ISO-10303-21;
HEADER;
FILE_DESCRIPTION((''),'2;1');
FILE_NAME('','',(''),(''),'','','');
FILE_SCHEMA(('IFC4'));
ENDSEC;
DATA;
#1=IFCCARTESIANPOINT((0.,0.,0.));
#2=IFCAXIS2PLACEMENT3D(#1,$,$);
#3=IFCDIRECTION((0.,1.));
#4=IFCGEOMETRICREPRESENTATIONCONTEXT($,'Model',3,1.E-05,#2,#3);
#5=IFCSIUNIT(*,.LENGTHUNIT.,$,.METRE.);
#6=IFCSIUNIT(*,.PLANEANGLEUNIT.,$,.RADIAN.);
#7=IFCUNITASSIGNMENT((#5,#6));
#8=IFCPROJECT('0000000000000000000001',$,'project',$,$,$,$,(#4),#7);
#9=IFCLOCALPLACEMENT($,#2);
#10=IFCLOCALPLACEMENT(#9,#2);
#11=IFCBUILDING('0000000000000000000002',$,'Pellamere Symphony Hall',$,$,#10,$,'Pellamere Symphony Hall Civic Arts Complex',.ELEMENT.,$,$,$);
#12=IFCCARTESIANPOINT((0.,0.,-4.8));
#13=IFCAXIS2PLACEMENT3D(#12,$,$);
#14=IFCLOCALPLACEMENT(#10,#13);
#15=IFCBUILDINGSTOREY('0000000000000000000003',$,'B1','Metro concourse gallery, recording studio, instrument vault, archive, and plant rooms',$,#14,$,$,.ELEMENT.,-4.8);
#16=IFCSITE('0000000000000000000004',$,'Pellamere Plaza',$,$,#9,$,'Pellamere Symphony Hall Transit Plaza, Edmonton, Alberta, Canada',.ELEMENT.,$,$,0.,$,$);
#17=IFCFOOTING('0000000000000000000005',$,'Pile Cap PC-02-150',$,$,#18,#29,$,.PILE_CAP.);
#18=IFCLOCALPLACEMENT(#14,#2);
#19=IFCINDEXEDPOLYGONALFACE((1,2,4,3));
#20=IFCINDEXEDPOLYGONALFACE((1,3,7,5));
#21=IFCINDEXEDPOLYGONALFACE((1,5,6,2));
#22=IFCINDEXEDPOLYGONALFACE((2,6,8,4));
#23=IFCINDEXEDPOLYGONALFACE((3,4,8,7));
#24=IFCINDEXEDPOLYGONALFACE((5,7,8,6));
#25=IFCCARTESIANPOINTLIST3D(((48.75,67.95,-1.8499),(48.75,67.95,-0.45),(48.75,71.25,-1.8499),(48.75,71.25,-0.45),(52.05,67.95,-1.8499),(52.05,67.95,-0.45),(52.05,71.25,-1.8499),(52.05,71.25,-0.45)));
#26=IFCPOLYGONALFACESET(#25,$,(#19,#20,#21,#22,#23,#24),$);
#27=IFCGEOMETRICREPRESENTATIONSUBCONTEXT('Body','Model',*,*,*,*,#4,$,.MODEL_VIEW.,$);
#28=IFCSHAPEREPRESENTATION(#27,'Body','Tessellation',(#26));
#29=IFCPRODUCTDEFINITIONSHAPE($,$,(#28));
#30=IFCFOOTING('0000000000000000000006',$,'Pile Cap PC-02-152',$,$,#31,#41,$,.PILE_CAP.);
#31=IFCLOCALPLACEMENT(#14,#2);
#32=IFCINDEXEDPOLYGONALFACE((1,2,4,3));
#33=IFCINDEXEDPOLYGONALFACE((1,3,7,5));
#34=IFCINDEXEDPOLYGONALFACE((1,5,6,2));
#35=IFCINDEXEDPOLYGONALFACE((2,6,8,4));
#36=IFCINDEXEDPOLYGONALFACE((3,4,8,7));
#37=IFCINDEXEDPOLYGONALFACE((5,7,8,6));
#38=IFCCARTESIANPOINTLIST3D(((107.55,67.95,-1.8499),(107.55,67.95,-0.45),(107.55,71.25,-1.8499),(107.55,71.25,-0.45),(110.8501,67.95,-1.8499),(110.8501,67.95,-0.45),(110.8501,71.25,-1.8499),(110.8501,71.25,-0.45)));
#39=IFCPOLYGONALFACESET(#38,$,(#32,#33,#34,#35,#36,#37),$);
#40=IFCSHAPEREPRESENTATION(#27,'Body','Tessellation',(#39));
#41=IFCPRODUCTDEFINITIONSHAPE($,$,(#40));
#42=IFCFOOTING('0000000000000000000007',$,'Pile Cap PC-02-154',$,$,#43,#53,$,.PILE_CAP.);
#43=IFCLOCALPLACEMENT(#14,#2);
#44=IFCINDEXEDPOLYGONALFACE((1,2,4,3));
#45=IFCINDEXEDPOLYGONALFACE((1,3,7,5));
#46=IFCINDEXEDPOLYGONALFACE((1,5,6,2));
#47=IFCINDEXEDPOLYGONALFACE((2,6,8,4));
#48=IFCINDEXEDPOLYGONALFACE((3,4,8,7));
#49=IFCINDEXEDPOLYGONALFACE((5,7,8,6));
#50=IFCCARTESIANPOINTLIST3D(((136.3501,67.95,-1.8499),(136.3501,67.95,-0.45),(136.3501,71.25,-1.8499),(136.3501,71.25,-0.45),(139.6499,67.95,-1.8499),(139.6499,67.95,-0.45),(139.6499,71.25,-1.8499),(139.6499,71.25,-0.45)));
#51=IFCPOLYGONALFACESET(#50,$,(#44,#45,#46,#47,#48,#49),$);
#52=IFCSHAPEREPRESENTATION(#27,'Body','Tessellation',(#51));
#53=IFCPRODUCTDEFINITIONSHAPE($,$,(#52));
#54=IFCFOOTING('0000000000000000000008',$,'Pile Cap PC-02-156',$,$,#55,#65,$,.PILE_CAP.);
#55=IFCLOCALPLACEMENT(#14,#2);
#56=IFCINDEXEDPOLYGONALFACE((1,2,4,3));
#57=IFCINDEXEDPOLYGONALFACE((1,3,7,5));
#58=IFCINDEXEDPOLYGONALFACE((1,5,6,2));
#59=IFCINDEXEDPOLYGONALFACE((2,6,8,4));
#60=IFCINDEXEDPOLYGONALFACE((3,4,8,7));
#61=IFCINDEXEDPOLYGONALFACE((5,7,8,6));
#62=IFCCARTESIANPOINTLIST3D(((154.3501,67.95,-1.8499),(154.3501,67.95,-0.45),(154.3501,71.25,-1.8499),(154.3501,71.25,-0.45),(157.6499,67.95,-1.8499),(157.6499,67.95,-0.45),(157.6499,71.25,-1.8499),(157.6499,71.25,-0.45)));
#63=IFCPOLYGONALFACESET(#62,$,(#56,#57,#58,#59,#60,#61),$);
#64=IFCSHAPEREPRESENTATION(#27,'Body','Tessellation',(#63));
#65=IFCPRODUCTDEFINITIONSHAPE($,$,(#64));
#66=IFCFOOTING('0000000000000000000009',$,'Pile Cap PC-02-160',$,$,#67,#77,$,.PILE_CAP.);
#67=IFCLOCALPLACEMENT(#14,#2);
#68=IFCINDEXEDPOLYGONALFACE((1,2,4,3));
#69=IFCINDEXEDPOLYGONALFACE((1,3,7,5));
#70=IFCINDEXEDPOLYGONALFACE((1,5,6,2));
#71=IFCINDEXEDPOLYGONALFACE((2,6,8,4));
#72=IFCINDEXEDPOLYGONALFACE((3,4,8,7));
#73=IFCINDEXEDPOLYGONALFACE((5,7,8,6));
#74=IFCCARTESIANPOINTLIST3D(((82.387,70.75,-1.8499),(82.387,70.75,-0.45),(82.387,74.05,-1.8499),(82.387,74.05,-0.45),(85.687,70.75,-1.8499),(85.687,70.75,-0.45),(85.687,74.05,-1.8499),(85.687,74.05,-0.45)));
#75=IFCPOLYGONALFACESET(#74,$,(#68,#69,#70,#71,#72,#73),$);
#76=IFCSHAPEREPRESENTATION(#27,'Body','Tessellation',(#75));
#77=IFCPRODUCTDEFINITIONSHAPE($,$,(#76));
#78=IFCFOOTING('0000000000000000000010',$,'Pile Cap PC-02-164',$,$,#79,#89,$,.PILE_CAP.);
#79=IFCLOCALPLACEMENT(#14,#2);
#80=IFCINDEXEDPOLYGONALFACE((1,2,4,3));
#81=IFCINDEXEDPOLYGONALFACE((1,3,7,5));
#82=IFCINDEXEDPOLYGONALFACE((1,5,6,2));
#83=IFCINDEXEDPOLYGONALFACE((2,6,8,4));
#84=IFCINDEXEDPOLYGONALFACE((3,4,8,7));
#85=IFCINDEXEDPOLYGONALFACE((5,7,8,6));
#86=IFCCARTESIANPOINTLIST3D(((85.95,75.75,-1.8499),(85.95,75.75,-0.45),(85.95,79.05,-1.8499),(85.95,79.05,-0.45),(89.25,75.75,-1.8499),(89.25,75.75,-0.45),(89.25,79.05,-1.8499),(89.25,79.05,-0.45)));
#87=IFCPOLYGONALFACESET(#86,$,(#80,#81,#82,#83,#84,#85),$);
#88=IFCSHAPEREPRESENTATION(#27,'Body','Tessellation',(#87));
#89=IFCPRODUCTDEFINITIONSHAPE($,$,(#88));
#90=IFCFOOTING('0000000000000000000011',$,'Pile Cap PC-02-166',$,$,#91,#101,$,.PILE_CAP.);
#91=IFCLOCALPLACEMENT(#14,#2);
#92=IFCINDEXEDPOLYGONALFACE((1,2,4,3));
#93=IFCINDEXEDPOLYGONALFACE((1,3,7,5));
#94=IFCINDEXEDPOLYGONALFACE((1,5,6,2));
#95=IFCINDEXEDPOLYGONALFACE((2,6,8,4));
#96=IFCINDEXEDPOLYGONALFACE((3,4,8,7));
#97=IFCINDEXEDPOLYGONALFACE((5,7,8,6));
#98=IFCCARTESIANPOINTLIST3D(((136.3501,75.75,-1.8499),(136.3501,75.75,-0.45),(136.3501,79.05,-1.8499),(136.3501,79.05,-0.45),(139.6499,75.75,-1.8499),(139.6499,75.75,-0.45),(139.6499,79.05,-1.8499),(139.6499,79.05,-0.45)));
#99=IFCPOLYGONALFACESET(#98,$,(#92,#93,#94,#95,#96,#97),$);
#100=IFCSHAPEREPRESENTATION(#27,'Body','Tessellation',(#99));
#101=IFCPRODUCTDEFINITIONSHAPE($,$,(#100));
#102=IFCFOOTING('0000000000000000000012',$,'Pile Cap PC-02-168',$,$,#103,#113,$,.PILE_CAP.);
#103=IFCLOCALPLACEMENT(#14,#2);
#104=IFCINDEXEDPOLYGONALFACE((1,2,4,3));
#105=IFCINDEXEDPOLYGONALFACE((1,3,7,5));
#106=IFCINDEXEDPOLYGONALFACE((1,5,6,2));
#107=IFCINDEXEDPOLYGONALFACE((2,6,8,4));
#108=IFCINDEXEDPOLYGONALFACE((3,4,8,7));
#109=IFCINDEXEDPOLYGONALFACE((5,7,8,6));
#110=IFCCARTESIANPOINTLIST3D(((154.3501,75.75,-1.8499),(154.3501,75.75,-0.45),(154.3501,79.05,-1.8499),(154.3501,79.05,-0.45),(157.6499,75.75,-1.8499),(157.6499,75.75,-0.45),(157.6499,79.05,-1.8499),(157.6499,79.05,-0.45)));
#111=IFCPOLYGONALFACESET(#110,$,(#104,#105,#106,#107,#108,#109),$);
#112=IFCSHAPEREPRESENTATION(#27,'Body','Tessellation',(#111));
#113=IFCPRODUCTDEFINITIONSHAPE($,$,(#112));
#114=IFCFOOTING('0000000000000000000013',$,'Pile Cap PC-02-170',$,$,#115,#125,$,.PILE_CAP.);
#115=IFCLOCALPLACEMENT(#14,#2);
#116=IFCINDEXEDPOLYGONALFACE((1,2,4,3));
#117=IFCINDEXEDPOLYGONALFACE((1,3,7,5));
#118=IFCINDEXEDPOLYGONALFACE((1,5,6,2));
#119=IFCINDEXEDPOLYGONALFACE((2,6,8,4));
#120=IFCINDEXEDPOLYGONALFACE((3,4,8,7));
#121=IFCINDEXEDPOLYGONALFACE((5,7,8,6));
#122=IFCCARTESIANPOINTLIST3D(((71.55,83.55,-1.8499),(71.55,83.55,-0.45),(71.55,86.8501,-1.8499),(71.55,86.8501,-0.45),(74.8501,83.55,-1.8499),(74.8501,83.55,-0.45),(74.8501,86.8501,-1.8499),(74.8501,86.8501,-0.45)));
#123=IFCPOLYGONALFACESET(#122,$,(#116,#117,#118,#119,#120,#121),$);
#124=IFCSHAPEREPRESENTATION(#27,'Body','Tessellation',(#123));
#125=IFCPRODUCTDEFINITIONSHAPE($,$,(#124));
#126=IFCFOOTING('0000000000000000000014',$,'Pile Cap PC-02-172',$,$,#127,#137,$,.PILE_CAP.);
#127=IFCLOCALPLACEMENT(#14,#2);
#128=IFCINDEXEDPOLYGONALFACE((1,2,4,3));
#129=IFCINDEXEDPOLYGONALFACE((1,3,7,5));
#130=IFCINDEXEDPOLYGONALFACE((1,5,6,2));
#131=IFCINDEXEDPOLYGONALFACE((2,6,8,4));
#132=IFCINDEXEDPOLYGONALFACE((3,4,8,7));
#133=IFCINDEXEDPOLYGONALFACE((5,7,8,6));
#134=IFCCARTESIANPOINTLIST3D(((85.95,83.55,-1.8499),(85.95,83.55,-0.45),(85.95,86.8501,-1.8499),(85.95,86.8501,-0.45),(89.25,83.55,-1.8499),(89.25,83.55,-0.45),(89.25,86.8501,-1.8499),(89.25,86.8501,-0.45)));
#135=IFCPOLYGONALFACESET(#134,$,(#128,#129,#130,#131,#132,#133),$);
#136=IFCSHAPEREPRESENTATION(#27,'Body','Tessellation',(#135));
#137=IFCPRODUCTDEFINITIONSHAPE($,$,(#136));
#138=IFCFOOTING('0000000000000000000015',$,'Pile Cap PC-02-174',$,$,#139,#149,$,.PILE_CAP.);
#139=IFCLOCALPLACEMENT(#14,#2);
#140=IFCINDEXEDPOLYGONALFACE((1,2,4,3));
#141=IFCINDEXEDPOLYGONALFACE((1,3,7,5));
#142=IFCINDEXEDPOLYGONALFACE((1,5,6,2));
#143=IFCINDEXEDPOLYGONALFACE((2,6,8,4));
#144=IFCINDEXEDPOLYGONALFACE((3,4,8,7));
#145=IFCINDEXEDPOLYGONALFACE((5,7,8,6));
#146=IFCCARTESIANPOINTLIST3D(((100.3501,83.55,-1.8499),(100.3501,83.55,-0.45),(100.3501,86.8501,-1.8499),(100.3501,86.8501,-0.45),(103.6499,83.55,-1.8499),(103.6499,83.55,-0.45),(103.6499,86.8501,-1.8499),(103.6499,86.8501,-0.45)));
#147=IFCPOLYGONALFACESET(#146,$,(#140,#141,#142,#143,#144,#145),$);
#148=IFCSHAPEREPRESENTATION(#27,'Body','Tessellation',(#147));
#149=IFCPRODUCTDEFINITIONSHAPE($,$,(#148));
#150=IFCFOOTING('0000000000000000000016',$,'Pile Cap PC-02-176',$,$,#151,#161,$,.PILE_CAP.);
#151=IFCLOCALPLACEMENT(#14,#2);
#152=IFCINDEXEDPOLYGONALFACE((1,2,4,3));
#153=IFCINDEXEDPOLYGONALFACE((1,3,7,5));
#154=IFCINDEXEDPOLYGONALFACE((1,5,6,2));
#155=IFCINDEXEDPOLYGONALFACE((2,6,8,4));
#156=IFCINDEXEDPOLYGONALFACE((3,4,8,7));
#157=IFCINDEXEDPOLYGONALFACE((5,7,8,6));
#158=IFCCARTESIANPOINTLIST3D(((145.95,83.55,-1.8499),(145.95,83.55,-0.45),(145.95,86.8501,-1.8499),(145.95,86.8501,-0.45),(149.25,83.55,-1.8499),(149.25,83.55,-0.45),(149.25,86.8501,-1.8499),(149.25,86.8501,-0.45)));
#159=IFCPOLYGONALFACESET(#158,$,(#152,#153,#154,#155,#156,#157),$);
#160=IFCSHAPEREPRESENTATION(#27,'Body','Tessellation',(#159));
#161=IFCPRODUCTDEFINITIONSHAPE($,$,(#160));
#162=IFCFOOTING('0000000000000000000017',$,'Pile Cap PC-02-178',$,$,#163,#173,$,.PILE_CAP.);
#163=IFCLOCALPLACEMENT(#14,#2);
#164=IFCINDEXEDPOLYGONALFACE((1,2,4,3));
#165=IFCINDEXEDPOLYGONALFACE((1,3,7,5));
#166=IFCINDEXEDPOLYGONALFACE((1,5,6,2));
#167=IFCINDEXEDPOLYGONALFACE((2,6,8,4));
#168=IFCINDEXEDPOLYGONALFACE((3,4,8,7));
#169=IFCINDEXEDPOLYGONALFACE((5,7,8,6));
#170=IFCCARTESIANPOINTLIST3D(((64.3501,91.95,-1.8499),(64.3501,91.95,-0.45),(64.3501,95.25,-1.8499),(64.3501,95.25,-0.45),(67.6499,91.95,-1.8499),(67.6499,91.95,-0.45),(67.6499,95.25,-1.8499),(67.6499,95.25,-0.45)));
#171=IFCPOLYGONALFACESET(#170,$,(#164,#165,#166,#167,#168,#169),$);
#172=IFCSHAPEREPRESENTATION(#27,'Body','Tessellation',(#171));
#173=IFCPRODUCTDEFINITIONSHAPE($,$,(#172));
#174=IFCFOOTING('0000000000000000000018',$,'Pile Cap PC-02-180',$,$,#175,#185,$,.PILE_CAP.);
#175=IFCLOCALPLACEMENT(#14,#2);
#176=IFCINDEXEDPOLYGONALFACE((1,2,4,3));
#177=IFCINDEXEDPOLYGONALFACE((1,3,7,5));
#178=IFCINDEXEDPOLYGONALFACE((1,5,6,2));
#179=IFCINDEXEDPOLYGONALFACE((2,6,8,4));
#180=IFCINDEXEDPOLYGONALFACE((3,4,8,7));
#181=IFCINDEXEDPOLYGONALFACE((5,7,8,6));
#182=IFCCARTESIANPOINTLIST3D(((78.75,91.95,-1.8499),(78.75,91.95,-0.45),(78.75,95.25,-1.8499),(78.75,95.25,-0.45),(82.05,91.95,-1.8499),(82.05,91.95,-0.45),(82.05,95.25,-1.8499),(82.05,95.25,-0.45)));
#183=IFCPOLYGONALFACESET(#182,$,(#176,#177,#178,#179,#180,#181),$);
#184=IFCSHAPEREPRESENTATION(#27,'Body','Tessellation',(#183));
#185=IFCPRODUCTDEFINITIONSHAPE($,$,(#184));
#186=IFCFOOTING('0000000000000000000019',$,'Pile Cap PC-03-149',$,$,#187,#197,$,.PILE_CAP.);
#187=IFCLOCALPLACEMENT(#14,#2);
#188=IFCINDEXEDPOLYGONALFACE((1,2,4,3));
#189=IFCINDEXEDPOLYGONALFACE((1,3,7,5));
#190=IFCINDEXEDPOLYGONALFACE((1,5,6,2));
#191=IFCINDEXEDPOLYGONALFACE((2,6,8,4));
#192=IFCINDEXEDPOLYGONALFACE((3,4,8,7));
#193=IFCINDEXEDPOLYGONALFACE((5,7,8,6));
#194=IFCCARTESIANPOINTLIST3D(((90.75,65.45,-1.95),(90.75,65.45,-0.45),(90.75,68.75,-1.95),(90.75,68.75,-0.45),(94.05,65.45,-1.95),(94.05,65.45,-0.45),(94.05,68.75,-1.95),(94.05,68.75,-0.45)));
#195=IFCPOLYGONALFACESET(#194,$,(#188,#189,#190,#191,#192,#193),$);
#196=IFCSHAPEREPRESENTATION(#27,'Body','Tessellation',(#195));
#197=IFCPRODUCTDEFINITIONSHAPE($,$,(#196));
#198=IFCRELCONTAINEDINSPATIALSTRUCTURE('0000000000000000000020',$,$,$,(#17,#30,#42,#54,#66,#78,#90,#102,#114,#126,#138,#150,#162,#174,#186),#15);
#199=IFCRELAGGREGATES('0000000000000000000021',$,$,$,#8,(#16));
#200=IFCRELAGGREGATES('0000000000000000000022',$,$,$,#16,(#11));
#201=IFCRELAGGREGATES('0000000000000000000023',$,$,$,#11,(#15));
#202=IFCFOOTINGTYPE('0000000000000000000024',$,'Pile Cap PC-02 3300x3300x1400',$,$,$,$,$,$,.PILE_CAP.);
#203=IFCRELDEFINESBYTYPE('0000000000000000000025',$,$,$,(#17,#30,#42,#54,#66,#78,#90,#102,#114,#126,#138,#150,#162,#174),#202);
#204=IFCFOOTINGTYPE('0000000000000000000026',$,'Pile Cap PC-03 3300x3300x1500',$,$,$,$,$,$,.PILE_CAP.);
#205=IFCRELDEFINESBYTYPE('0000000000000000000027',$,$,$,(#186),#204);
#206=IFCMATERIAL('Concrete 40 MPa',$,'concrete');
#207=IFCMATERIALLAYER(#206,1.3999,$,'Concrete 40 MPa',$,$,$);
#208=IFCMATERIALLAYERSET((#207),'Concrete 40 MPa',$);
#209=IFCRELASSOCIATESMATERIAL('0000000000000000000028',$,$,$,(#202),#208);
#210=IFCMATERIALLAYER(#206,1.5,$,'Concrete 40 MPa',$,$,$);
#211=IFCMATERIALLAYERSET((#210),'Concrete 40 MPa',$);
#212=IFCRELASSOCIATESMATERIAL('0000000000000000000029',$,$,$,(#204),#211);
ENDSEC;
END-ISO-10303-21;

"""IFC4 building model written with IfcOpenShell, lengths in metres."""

from ifc_helpers import new_model, si_unit, direction, frame, origin, place, context, subcontext, project, spatial, polyline, outline, extrude, material, layer, layer_set, type_object, element, save


model = new_model("IFC4")

# Units and contexts
model_context = context("Model", 3, precision=1e-05, world=origin(), true_north=direction((0.0, 1.0)))
body_context = subcontext(model_context, "Body", "Model", "MODEL_VIEW")
ifc_project = project(units=[si_unit("LENGTHUNIT", "METRE"), si_unit("PLANEANGLEUNIT", "RADIAN")], contexts=[model_context])

# Site, building, storey
site_placement = place(None, origin())
site = spatial("IfcSite", under=ifc_project, at=site_placement, Name="Pellamere Plaza", LongName="Pellamere Symphony Hall Transit Plaza, Edmonton, Alberta, Canada", CompositionType="ELEMENT", RefElevation=0.0)
building_placement = place(site_placement, origin())
building = spatial("IfcBuilding", under=site, at=building_placement, Name="Pellamere Symphony Hall", LongName="Pellamere Symphony Hall Civic Arts Complex", CompositionType="ELEMENT")
storey_placement = place(building_placement, frame((0.0, 0.0, -4.8)))
storey = spatial("IfcBuildingStorey", under=building, at=storey_placement, Name="B1", Description="Metro concourse gallery, recording studio, instrument vault, archive, and plant rooms", CompositionType="ELEMENT", Elevation=-4.8)

# Footings
ifc_material_1 = material(Name="Concrete 40 MPa", Category="concrete")
ifc_layer_1 = layer(ifc_material_1, 1.3999, Name="Concrete 40 MPa")
ifc_layer_set_1 = layer_set([ifc_layer_1], Name="Concrete 40 MPa")
footing_type_1 = type_object("IfcFootingType", Name="Pile Cap PC-02 3300x3300x1400", PredefinedType="PILE_CAP", material=ifc_layer_set_1)
footing_1_placement = place(storey_placement, frame((0.0, 0.0, -1.8499)))
element("IfcFooting", 1, at=footing_1_placement, inside=storey, type_object=footing_type_1, Name="Pile Cap PC-02-150", PredefinedType="PILE_CAP", context=body_context, shape_type="SweptSolid", body=[
    extrude(outline(polyline([(48.75, 67.95), (48.75, 71.25), (52.05, 71.25), (52.05, 67.95), (48.75, 67.95)])), origin(), (0.0, 0.0, 1.0), 1.3999),
])
footing_2_placement = place(storey_placement, frame((0.0, 0.0, -1.8499)))
element("IfcFooting", 2, at=footing_2_placement, inside=storey, type_object=footing_type_1, Name="Pile Cap PC-02-152", PredefinedType="PILE_CAP", context=body_context, shape_type="SweptSolid", body=[
    extrude(outline(polyline([(110.8501, 67.95), (107.55, 67.95), (107.55, 71.25), (110.8501, 71.25), (110.8501, 67.95)])), origin(), (0.0, 0.0, 1.0), 1.3999),
])
footing_3_placement = place(storey_placement, frame((0.0, 0.0, -1.8499)))
element("IfcFooting", 3, at=footing_3_placement, inside=storey, type_object=footing_type_1, Name="Pile Cap PC-02-154", PredefinedType="PILE_CAP", context=body_context, shape_type="SweptSolid", body=[
    extrude(outline(polyline([(139.6499, 67.95), (136.3501, 67.95), (136.3501, 71.25), (139.6499, 71.25), (139.6499, 67.95)])), origin(), (0.0, 0.0, 1.0), 1.3999),
])
footing_4_placement = place(storey_placement, frame((0.0, 0.0, -1.8499)))
element("IfcFooting", 4, at=footing_4_placement, inside=storey, type_object=footing_type_1, Name="Pile Cap PC-02-156", PredefinedType="PILE_CAP", context=body_context, shape_type="SweptSolid", body=[
    extrude(outline(polyline([(154.3501, 67.95), (154.3501, 71.25), (157.6499, 71.25), (157.6499, 67.95), (154.3501, 67.95)])), origin(), (0.0, 0.0, 1.0), 1.3999),
])
footing_5_placement = place(storey_placement, frame((0.0, 0.0, -1.8499)))
element("IfcFooting", 5, at=footing_5_placement, inside=storey, type_object=footing_type_1, Name="Pile Cap PC-02-160", PredefinedType="PILE_CAP", context=body_context, shape_type="SweptSolid", body=[
    extrude(outline(polyline([(82.387, 70.75), (82.387, 74.05), (85.687, 74.05), (85.687, 70.75), (82.387, 70.75)])), origin(), (0.0, 0.0, 1.0), 1.3999),
])
footing_6_placement = place(storey_placement, frame((0.0, 0.0, -1.8499)))
element("IfcFooting", 6, at=footing_6_placement, inside=storey, type_object=footing_type_1, Name="Pile Cap PC-02-164", PredefinedType="PILE_CAP", context=body_context, shape_type="SweptSolid", body=[
    extrude(outline(polyline([(89.25, 75.75), (85.95, 75.75), (85.95, 79.05), (89.25, 79.05), (89.25, 75.75)])), origin(), (0.0, 0.0, 1.0), 1.3999),
])
footing_7_placement = place(storey_placement, frame((0.0, 0.0, -1.8499)))
element("IfcFooting", 7, at=footing_7_placement, inside=storey, type_object=footing_type_1, Name="Pile Cap PC-02-166", PredefinedType="PILE_CAP", context=body_context, shape_type="SweptSolid", body=[
    extrude(outline(polyline([(136.3501, 75.75), (136.3501, 79.05), (139.6499, 79.05), (139.6499, 75.75), (136.3501, 75.75)])), origin(), (0.0, 0.0, 1.0), 1.3999),
])
footing_8_placement = place(storey_placement, frame((0.0, 0.0, -1.8499)))
element("IfcFooting", 8, at=footing_8_placement, inside=storey, type_object=footing_type_1, Name="Pile Cap PC-02-168", PredefinedType="PILE_CAP", context=body_context, shape_type="SweptSolid", body=[
    extrude(outline(polyline([(154.3501, 75.75), (154.3501, 79.05), (157.6499, 79.05), (157.6499, 75.75), (154.3501, 75.75)])), origin(), (0.0, 0.0, 1.0), 1.3999),
])
footing_9_placement = place(storey_placement, frame((0.0, 0.0, -1.8499)))
element("IfcFooting", 9, at=footing_9_placement, inside=storey, type_object=footing_type_1, Name="Pile Cap PC-02-170", PredefinedType="PILE_CAP", context=body_context, shape_type="SweptSolid", body=[
    extrude(outline(polyline([(71.55, 83.55), (71.55, 86.8501), (74.8501, 86.8501), (74.8501, 83.55), (71.55, 83.55)])), origin(), (0.0, 0.0, 1.0), 1.3999),
])
footing_10_placement = place(storey_placement, frame((0.0, 0.0, -1.8499)))
element("IfcFooting", 10, at=footing_10_placement, inside=storey, type_object=footing_type_1, Name="Pile Cap PC-02-172", PredefinedType="PILE_CAP", context=body_context, shape_type="SweptSolid", body=[
    extrude(outline(polyline([(85.95, 83.55), (85.95, 86.8501), (89.25, 86.8501), (89.25, 83.55), (85.95, 83.55)])), origin(), (0.0, 0.0, 1.0), 1.3999),
])
footing_11_placement = place(storey_placement, frame((0.0, 0.0, -1.8499)))
element("IfcFooting", 11, at=footing_11_placement, inside=storey, type_object=footing_type_1, Name="Pile Cap PC-02-174", PredefinedType="PILE_CAP", context=body_context, shape_type="SweptSolid", body=[
    extrude(outline(polyline([(100.3501, 83.55), (100.3501, 86.8501), (103.6499, 86.8501), (103.6499, 83.55), (100.3501, 83.55)])), origin(), (0.0, 0.0, 1.0), 1.3999),
])
footing_12_placement = place(storey_placement, frame((0.0, 0.0, -1.8499)))
element("IfcFooting", 12, at=footing_12_placement, inside=storey, type_object=footing_type_1, Name="Pile Cap PC-02-176", PredefinedType="PILE_CAP", context=body_context, shape_type="SweptSolid", body=[
    extrude(outline(polyline([(149.25, 83.55), (145.95, 83.55), (145.95, 86.8501), (149.25, 86.8501), (149.25, 83.55)])), origin(), (0.0, 0.0, 1.0), 1.3999),
])
footing_13_placement = place(storey_placement, frame((0.0, 0.0, -1.8499)))
element("IfcFooting", 13, at=footing_13_placement, inside=storey, type_object=footing_type_1, Name="Pile Cap PC-02-178", PredefinedType="PILE_CAP", context=body_context, shape_type="SweptSolid", body=[
    extrude(outline(polyline([(64.3501, 91.95), (64.3501, 95.25), (67.6499, 95.25), (67.6499, 91.95), (64.3501, 91.95)])), origin(), (0.0, 0.0, 1.0), 1.3999),
])
footing_14_placement = place(storey_placement, frame((0.0, 0.0, -1.8499)))
element("IfcFooting", 14, at=footing_14_placement, inside=storey, type_object=footing_type_1, Name="Pile Cap PC-02-180", PredefinedType="PILE_CAP", context=body_context, shape_type="SweptSolid", body=[
    extrude(outline(polyline([(78.75, 91.95), (78.75, 95.25), (82.05, 95.25), (82.05, 91.95), (78.75, 91.95)])), origin(), (0.0, 0.0, 1.0), 1.3999),
])
ifc_layer_2 = layer(ifc_material_1, 1.5, Name="Concrete 40 MPa")
ifc_layer_set_2 = layer_set([ifc_layer_2], Name="Concrete 40 MPa")
footing_type_2 = type_object("IfcFootingType", Name="Pile Cap PC-03 3300x3300x1500", PredefinedType="PILE_CAP", material=ifc_layer_set_2)
footing_15_placement = place(storey_placement, frame((0.0, 0.0, -1.95)))
element("IfcFooting", 15, at=footing_15_placement, inside=storey, type_object=footing_type_2, Name="Pile Cap PC-03-149", PredefinedType="PILE_CAP", context=body_context, shape_type="SweptSolid", body=[
    extrude(outline(polyline([(94.05, 65.45), (90.75, 65.45), (90.75, 68.75), (94.05, 68.75), (94.05, 65.45)])), origin(), (0.0, 0.0, 1.0), 1.5),
])

save(model, "model.ifc")
